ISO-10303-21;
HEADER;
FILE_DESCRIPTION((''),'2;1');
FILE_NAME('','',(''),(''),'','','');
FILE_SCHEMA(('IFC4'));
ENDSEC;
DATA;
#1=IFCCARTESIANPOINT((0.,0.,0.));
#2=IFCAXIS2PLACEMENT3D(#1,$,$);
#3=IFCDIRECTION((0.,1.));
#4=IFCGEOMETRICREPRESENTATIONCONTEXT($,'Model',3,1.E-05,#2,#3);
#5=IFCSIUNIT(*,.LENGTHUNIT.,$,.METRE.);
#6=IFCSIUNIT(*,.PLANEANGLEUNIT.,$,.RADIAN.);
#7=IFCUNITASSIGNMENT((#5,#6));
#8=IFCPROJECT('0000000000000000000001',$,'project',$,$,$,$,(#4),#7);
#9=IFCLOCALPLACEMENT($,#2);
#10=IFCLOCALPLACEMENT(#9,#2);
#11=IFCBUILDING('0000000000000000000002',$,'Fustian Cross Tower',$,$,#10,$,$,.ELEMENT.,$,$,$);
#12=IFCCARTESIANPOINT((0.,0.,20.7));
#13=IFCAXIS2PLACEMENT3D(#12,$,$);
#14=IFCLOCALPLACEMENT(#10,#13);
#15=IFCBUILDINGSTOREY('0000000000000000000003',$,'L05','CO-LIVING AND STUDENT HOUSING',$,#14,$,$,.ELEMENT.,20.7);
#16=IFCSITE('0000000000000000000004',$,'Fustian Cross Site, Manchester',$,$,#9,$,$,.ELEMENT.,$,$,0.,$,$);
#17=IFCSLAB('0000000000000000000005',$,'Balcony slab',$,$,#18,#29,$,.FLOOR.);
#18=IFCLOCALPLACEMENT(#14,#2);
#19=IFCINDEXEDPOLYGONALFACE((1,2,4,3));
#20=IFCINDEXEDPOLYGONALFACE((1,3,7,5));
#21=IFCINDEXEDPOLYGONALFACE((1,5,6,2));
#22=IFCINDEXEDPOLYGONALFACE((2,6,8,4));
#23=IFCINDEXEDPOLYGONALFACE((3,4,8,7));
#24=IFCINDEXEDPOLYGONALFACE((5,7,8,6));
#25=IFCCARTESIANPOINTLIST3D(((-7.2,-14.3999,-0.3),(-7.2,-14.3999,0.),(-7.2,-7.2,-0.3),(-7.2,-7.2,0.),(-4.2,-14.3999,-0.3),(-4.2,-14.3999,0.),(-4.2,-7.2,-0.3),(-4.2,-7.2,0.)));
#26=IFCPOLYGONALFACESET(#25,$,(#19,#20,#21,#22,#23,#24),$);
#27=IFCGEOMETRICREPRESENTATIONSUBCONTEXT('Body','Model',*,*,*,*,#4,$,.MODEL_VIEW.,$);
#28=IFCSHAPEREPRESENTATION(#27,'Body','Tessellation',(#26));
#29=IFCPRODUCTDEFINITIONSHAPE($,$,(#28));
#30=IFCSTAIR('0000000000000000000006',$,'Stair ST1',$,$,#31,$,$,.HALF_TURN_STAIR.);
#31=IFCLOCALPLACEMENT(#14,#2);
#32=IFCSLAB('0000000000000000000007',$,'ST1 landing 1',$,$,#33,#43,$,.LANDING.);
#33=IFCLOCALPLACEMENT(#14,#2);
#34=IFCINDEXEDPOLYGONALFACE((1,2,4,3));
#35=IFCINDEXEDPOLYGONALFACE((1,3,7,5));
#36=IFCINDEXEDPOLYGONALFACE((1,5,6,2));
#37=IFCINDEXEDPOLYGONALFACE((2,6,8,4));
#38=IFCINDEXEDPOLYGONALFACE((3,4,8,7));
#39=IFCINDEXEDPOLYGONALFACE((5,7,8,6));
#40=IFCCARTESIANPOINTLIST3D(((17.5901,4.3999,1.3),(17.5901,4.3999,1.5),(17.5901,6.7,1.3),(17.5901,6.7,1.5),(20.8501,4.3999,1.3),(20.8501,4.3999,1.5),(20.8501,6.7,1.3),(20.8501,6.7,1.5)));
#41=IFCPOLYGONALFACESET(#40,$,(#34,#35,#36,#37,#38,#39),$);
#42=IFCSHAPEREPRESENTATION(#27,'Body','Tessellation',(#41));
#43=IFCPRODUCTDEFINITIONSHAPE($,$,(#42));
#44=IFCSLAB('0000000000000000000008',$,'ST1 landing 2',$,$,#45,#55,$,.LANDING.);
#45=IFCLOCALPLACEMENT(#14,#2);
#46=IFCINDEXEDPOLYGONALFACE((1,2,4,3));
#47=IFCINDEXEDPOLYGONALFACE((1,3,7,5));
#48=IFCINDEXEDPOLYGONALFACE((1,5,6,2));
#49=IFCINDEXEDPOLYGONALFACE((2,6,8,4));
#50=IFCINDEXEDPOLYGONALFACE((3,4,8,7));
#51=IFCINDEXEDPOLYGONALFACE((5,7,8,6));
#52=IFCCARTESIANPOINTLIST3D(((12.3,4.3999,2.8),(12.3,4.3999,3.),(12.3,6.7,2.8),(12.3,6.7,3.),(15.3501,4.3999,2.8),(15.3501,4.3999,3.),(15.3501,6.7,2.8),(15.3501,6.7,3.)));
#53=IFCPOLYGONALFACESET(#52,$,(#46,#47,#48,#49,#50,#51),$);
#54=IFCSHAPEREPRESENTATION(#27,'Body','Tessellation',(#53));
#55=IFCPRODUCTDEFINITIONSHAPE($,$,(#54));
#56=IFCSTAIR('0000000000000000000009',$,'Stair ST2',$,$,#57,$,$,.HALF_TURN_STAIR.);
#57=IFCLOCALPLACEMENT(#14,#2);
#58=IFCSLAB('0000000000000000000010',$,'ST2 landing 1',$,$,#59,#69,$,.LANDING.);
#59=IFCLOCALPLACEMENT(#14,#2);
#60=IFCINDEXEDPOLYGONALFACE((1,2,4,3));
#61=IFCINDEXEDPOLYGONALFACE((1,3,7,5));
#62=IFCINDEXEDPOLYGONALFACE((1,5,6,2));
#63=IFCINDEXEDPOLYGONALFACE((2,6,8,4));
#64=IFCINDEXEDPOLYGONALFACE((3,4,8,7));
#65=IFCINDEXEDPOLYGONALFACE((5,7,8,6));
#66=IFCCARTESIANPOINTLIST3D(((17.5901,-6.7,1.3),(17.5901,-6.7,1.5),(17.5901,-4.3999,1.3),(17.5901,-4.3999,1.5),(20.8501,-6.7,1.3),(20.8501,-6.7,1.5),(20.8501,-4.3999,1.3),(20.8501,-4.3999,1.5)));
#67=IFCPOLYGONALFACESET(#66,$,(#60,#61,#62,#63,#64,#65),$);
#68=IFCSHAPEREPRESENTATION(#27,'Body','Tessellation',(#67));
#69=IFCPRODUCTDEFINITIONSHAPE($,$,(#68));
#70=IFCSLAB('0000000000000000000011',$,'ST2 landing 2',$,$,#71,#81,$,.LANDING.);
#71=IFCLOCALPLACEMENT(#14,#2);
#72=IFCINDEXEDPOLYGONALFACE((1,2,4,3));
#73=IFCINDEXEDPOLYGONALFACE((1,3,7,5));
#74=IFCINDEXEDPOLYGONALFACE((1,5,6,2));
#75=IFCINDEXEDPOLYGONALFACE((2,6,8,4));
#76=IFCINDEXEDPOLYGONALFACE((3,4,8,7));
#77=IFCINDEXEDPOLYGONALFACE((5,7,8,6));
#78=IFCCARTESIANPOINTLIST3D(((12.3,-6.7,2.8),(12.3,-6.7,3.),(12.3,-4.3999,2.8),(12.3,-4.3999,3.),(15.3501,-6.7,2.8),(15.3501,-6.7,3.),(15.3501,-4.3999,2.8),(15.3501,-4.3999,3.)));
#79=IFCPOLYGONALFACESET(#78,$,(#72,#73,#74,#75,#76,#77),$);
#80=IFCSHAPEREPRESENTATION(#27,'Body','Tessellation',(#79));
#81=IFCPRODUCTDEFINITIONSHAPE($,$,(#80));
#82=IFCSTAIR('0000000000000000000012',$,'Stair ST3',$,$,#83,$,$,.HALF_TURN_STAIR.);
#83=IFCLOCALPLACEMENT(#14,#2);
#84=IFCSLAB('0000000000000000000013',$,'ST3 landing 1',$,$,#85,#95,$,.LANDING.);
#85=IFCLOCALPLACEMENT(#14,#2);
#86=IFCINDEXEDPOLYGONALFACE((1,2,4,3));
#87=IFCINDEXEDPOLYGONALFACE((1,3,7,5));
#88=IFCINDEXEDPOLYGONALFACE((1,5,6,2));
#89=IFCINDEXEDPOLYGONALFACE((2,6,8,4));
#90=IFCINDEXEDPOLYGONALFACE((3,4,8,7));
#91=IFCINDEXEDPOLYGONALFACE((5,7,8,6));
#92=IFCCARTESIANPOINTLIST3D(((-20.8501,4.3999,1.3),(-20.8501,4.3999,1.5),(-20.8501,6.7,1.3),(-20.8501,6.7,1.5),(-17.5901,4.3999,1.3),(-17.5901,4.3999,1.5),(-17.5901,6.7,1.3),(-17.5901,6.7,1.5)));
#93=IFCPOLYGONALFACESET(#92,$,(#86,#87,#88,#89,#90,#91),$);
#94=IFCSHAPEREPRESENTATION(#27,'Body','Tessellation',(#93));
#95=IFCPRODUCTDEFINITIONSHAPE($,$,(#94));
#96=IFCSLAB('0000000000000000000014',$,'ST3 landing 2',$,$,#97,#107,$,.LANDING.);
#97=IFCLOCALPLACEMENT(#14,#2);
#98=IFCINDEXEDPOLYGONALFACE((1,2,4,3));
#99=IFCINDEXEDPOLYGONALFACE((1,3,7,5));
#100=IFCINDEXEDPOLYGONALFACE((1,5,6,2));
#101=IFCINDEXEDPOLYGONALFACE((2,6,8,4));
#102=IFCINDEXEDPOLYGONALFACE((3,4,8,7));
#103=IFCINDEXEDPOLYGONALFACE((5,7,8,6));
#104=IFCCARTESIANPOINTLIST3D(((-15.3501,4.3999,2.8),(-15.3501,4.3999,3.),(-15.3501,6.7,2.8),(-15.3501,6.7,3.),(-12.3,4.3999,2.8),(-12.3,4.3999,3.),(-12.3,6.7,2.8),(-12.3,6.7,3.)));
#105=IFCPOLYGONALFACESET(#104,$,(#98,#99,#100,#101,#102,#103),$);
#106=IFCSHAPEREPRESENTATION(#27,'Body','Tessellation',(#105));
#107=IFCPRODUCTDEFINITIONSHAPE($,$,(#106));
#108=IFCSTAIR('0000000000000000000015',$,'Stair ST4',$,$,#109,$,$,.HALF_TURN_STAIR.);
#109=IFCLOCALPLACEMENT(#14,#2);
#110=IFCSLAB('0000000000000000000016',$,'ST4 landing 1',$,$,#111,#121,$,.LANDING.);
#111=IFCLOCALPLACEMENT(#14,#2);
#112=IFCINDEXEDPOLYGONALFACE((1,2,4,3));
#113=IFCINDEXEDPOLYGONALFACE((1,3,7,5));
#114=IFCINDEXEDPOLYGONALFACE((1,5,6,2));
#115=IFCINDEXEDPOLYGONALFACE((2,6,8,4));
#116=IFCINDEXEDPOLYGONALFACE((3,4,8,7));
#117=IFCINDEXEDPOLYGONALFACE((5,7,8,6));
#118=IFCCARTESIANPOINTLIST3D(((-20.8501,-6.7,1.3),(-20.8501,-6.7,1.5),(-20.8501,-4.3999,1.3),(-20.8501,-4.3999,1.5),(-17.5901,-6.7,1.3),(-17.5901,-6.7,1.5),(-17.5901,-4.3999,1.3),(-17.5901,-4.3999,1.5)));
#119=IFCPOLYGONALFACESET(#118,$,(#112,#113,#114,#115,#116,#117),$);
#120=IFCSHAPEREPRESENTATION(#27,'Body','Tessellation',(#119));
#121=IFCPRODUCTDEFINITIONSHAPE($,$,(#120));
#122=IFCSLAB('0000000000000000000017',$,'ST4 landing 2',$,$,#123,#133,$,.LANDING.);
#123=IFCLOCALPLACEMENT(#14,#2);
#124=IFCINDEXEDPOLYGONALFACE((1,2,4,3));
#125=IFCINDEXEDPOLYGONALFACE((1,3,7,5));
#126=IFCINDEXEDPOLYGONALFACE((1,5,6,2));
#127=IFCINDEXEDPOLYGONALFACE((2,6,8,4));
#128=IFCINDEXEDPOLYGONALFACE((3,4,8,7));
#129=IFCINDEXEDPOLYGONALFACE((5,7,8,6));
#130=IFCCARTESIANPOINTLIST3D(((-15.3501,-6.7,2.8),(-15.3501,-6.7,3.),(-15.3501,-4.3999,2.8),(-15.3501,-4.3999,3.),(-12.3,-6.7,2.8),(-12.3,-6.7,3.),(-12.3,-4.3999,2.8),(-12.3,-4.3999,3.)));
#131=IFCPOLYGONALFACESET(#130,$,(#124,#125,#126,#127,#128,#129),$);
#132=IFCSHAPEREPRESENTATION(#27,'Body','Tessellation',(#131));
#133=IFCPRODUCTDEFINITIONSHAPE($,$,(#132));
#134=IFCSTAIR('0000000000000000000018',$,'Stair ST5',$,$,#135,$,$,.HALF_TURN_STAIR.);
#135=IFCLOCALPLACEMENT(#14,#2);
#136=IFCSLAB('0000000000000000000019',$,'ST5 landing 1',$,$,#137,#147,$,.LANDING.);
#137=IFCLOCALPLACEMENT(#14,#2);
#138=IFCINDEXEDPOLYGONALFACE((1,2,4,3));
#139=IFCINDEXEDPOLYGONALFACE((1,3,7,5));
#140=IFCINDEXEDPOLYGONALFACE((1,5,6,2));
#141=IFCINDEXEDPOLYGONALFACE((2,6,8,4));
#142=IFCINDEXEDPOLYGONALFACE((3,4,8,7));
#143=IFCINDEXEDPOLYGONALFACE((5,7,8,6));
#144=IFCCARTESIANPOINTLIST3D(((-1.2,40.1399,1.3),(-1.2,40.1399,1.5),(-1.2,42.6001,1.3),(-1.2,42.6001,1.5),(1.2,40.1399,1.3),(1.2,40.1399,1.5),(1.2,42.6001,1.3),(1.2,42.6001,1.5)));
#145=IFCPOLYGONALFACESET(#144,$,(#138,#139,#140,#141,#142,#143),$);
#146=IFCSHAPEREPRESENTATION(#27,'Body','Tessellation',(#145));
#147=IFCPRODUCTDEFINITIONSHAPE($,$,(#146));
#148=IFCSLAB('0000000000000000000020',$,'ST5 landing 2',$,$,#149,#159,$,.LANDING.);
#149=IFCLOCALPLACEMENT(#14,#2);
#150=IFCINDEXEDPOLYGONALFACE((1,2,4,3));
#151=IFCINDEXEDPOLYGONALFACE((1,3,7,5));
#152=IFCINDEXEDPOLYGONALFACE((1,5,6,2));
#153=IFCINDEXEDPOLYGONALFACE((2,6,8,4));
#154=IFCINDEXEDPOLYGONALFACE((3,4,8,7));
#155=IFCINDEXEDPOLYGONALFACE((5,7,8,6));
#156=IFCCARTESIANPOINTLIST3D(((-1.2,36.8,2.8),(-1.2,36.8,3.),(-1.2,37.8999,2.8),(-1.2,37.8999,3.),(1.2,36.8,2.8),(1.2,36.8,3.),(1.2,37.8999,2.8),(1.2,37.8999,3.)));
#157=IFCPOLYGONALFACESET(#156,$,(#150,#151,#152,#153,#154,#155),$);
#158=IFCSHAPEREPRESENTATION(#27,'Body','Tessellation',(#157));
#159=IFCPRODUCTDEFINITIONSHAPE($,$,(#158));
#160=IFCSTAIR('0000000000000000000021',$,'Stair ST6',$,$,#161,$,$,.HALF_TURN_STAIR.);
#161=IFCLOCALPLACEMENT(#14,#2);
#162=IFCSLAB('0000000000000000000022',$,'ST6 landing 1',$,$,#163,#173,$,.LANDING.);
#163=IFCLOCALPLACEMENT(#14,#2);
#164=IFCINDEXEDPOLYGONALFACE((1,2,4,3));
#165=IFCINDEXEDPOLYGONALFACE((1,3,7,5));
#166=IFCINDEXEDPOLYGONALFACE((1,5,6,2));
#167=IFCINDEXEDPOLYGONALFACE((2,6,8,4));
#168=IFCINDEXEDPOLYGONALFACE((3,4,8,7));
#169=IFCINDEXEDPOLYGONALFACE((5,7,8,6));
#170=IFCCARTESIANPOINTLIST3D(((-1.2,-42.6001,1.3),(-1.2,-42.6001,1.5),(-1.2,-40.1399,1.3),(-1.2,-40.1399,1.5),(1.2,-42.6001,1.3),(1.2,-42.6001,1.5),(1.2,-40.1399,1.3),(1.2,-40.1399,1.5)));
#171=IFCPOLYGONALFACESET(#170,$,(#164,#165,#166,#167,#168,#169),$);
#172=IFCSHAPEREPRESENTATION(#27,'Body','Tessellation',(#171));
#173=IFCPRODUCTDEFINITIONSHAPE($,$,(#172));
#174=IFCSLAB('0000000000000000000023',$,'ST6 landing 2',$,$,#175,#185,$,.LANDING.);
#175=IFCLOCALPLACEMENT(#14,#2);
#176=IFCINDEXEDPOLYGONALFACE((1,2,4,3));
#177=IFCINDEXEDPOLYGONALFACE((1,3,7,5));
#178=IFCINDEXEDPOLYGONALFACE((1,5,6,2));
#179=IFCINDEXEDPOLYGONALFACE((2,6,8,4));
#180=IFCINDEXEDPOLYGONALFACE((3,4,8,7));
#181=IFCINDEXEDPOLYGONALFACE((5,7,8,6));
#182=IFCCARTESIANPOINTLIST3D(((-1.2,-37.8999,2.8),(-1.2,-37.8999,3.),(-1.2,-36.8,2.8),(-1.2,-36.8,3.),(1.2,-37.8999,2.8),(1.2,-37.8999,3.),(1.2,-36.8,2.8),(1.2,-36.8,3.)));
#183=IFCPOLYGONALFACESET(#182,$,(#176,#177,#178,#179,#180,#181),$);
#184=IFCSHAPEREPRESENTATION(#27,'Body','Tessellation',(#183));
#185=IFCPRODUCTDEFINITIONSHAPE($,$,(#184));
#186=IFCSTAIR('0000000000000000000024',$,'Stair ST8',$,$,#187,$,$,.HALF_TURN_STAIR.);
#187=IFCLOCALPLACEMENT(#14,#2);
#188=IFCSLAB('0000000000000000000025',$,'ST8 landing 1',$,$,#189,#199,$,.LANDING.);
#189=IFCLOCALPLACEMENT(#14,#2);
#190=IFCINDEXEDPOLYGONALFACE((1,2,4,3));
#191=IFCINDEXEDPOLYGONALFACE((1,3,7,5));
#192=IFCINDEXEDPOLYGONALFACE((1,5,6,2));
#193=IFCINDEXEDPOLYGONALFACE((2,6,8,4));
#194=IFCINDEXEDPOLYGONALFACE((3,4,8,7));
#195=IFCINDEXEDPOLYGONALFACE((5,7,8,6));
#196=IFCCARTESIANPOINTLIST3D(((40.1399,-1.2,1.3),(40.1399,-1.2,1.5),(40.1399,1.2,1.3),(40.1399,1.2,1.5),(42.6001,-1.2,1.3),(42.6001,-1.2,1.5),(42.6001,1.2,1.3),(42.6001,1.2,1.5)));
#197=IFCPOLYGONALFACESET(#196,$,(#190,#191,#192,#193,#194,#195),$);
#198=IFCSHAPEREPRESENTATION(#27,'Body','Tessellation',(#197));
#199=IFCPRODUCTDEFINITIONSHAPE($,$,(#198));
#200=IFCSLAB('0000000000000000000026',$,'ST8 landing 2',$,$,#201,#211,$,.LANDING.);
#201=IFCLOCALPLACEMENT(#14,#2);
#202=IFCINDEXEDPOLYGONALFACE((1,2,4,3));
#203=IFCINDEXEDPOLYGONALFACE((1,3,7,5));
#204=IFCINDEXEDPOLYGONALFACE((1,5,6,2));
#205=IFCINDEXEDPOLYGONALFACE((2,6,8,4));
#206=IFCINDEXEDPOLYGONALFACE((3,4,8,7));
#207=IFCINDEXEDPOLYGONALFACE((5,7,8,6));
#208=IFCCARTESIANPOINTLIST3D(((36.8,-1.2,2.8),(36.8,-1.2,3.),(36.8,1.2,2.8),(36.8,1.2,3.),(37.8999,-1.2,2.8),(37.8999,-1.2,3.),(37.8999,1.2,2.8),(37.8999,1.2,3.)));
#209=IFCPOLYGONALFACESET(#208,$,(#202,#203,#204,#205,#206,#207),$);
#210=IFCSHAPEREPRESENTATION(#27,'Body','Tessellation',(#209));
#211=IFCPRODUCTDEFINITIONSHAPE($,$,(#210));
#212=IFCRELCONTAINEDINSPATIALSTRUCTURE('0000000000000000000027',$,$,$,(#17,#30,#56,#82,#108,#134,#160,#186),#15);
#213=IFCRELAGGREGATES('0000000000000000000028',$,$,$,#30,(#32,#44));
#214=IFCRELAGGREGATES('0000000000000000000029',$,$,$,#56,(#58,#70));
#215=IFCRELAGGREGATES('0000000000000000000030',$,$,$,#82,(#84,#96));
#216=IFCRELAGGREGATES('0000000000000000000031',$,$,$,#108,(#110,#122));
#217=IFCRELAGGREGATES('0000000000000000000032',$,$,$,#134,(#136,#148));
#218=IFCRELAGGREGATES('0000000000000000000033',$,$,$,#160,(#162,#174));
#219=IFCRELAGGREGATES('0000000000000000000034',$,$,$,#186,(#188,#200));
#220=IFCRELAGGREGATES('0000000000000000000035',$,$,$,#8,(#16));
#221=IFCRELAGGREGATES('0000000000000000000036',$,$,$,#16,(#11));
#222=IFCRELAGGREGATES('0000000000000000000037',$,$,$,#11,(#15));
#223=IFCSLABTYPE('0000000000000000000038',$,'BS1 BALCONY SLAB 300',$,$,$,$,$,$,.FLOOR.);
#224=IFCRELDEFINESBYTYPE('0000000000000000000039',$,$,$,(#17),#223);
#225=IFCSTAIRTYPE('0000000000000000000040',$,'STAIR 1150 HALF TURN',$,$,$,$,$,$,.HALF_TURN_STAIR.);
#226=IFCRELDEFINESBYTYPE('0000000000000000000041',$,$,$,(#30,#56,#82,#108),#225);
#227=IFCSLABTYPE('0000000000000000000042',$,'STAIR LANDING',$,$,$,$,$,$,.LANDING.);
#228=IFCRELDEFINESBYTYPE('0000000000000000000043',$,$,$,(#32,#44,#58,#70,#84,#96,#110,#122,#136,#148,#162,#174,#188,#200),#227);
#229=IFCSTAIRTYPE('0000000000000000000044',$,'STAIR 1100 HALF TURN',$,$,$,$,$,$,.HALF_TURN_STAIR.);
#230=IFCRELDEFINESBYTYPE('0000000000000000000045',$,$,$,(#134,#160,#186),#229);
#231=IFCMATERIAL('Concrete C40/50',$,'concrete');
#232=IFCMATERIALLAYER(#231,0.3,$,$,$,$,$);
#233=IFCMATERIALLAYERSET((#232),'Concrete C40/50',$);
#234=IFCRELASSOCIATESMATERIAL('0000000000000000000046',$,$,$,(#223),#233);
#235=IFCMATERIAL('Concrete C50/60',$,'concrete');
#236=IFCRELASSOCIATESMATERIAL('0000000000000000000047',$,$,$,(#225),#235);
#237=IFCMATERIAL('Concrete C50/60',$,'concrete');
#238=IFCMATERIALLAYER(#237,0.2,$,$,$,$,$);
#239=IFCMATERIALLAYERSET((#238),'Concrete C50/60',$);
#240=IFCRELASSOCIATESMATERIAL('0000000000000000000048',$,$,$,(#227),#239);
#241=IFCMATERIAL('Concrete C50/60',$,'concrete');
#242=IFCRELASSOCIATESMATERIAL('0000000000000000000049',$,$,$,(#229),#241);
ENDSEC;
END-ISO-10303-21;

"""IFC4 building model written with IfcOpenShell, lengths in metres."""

from ifc_helpers import new_model, si_unit, direction, frame, origin, place, context, subcontext, project, spatial, polyline, outline, extrude, material, layer, layer_set, type_object, element, aggregate, save


model = new_model("IFC4")

# Units and contexts
model_context = context("Model", 3, precision=1e-05, world=origin(), true_north=direction((0.0, 1.0)))
body_context = subcontext(model_context, "Body", "Model", "MODEL_VIEW")
ifc_project = project(units=[si_unit("LENGTHUNIT", "METRE"), si_unit("PLANEANGLEUNIT", "RADIAN")], contexts=[model_context])

# Site, building, storey
site_placement = place(None, origin())
site = spatial("IfcSite", under=ifc_project, at=site_placement, Name="Fustian Cross Site, Manchester", CompositionType="ELEMENT", RefElevation=0.0)
building_placement = place(site_placement, origin())
building = spatial("IfcBuilding", under=site, at=building_placement, Name="Fustian Cross Tower", CompositionType="ELEMENT")
storey_placement = place(building_placement, frame((0.0, 0.0, 20.7)))
storey = spatial("IfcBuildingStorey", under=building, at=storey_placement, Name="L05", Description="CO-LIVING AND STUDENT HOUSING", CompositionType="ELEMENT", Elevation=20.7)

# Slab
ifc_material_1 = material(Name="Concrete C40/50", Category="concrete")
ifc_layer_1 = layer(ifc_material_1, 0.3)
ifc_layer_set_1 = layer_set([ifc_layer_1], Name="Concrete C40/50")
slab_type_1 = type_object("IfcSlabType", Name="BS1 BALCONY SLAB 300", PredefinedType="FLOOR", material=ifc_layer_set_1)
slab_1_placement = place(storey_placement, frame((0.0, 0.0, -0.3)))
element("IfcSlab", 1, at=slab_1_placement, inside=storey, type_object=slab_type_1, Name="Balcony slab", PredefinedType="FLOOR", context=body_context, shape_type="SweptSolid", body=[
    extrude(outline(polyline([(-7.2, -14.3999), (-4.2, -14.3999), (-4.2, -7.2), (-7.2, -7.2), (-7.2, -14.3999)])), origin(), (0.0, 0.0, 1.0), 0.3),
])

# Stairs, slabs
ifc_material_2 = material(Name="Concrete C50/60", Category="concrete")
stair_type_1 = type_object("IfcStairType", Name="STAIR 1150 HALF TURN", PredefinedType="HALF_TURN_STAIR", material=ifc_material_2)
stair_1_placement = place(storey_placement, origin())
stair_1 = element("IfcStair", 2, at=stair_1_placement, inside=storey, type_object=stair_type_1, Name="Stair ST1", PredefinedType="HALF_TURN_STAIR")
ifc_material_3 = material(Name="Concrete C50/60", Category="concrete")
ifc_layer_2 = layer(ifc_material_3, 0.2)
ifc_layer_set_2 = layer_set([ifc_layer_2], Name="Concrete C50/60")
slab_type_2 = type_object("IfcSlabType", Name="STAIR LANDING", PredefinedType="LANDING", material=ifc_layer_set_2)
slab_2_placement = place(storey_placement, frame((0.0, 0.0, 1.3)))
slab_2 = element("IfcSlab", 3, at=slab_2_placement, type_object=slab_type_2, Name="ST1 landing 1", PredefinedType="LANDING", context=body_context, shape_type="SweptSolid", body=[
    extrude(outline(polyline([(17.5901, 4.3999), (20.8501, 4.3999), (20.8501, 6.7), (17.5901, 6.7), (17.5901, 4.3999)])), origin(), (0.0, 0.0, 1.0), 0.2),
])
slab_3_placement = place(storey_placement, frame((0.0, 0.0, 2.8)))
slab_3 = element("IfcSlab", 4, at=slab_3_placement, type_object=slab_type_2, Name="ST1 landing 2", PredefinedType="LANDING", context=body_context, shape_type="SweptSolid", body=[
    extrude(outline(polyline([(12.3, 4.3999), (15.3501, 4.3999), (15.3501, 6.7), (12.3, 6.7), (12.3, 4.3999)])), origin(), (0.0, 0.0, 1.0), 0.2),
])
aggregate(stair_1, [slab_2, slab_3])
stair_2_placement = place(storey_placement, origin())
stair_2 = element("IfcStair", 5, at=stair_2_placement, inside=storey, type_object=stair_type_1, Name="Stair ST2", PredefinedType="HALF_TURN_STAIR")
slab_4_placement = place(storey_placement, frame((0.0, 0.0, 1.3)))
slab_4 = element("IfcSlab", 6, at=slab_4_placement, type_object=slab_type_2, Name="ST2 landing 1", PredefinedType="LANDING", context=body_context, shape_type="SweptSolid", body=[
    extrude(outline(polyline([(17.5901, -4.3999), (20.8501, -4.3999), (20.8501, -6.7), (17.5901, -6.7), (17.5901, -4.3999)])), origin(), (0.0, 0.0, 1.0), 0.2),
])
slab_5_placement = place(storey_placement, frame((0.0, 0.0, 2.8)))
slab_5 = element("IfcSlab", 7, at=slab_5_placement, type_object=slab_type_2, Name="ST2 landing 2", PredefinedType="LANDING", context=body_context, shape_type="SweptSolid", body=[
    extrude(outline(polyline([(12.3, -4.3999), (15.3501, -4.3999), (15.3501, -6.7), (12.3, -6.7), (12.3, -4.3999)])), origin(), (0.0, 0.0, 1.0), 0.2),
])
aggregate(stair_2, [slab_4, slab_5])
stair_3_placement = place(storey_placement, origin())
stair_3 = element("IfcStair", 8, at=stair_3_placement, inside=storey, type_object=stair_type_1, Name="Stair ST3", PredefinedType="HALF_TURN_STAIR")
slab_6_placement = place(storey_placement, frame((0.0, 0.0, 1.3)))
slab_6 = element("IfcSlab", 9, at=slab_6_placement, type_object=slab_type_2, Name="ST3 landing 1", PredefinedType="LANDING", context=body_context, shape_type="SweptSolid", body=[
    extrude(outline(polyline([(-17.5901, 4.3999), (-20.8501, 4.3999), (-20.8501, 6.7), (-17.5901, 6.7), (-17.5901, 4.3999)])), origin(), (0.0, 0.0, 1.0), 0.2),
])
slab_7_placement = place(storey_placement, frame((0.0, 0.0, 2.8)))
slab_7 = element("IfcSlab", 10, at=slab_7_placement, type_object=slab_type_2, Name="ST3 landing 2", PredefinedType="LANDING", context=body_context, shape_type="SweptSolid", body=[
    extrude(outline(polyline([(-12.3, 4.3999), (-15.3501, 4.3999), (-15.3501, 6.7), (-12.3, 6.7), (-12.3, 4.3999)])), origin(), (0.0, 0.0, 1.0), 0.2),
])
aggregate(stair_3, [slab_6, slab_7])
stair_4_placement = place(storey_placement, origin())
stair_4 = element("IfcStair", 11, at=stair_4_placement, inside=storey, type_object=stair_type_1, Name="Stair ST4", PredefinedType="HALF_TURN_STAIR")
slab_8_placement = place(storey_placement, frame((0.0, 0.0, 1.3)))
slab_8 = element("IfcSlab", 12, at=slab_8_placement, type_object=slab_type_2, Name="ST4 landing 1", PredefinedType="LANDING", context=body_context, shape_type="SweptSolid", body=[
    extrude(outline(polyline([(-17.5901, -4.3999), (-20.8501, -4.3999), (-20.8501, -6.7), (-17.5901, -6.7), (-17.5901, -4.3999)])), origin(), (0.0, 0.0, 1.0), 0.2),
])
slab_9_placement = place(storey_placement, frame((0.0, 0.0, 2.8)))
slab_9 = element("IfcSlab", 13, at=slab_9_placement, type_object=slab_type_2, Name="ST4 landing 2", PredefinedType="LANDING", context=body_context, shape_type="SweptSolid", body=[
    extrude(outline(polyline([(-12.3, -4.3999), (-15.3501, -4.3999), (-15.3501, -6.7), (-12.3, -6.7), (-12.3, -4.3999)])), origin(), (0.0, 0.0, 1.0), 0.2),
])
aggregate(stair_4, [slab_8, slab_9])
ifc_material_4 = material(Name="Concrete C50/60", Category="concrete")
stair_type_2 = type_object("IfcStairType", Name="STAIR 1100 HALF TURN", PredefinedType="HALF_TURN_STAIR", material=ifc_material_4)
stair_5_placement = place(storey_placement, origin())
stair_5 = element("IfcStair", 14, at=stair_5_placement, inside=storey, type_object=stair_type_2, Name="Stair ST5", PredefinedType="HALF_TURN_STAIR")
slab_10_placement = place(storey_placement, frame((0.0, 0.0, 1.3)))
slab_10 = element("IfcSlab", 15, at=slab_10_placement, type_object=slab_type_2, Name="ST5 landing 1", PredefinedType="LANDING", context=body_context, shape_type="SweptSolid", body=[
    extrude(outline(polyline([(-1.2, 40.1399), (-1.2, 42.6001), (1.2, 42.6001), (1.2, 40.1399), (-1.2, 40.1399)])), origin(), (0.0, 0.0, 1.0), 0.2),
])
slab_11_placement = place(storey_placement, frame((0.0, 0.0, 2.8)))
slab_11 = element("IfcSlab", 16, at=slab_11_placement, type_object=slab_type_2, Name="ST5 landing 2", PredefinedType="LANDING", context=body_context, shape_type="SweptSolid", body=[
    extrude(outline(polyline([(-1.2, 36.8), (-1.2, 37.8999), (1.2, 37.8999), (1.2, 36.8), (-1.2, 36.8)])), origin(), (0.0, 0.0, 1.0), 0.2),
])
aggregate(stair_5, [slab_10, slab_11])
stair_6_placement = place(storey_placement, origin())
stair_6 = element("IfcStair", 17, at=stair_6_placement, inside=storey, type_object=stair_type_2, Name="Stair ST6", PredefinedType="HALF_TURN_STAIR")
slab_12_placement = place(storey_placement, frame((0.0, 0.0, 1.3)))
slab_12 = element("IfcSlab", 18, at=slab_12_placement, type_object=slab_type_2, Name="ST6 landing 1", PredefinedType="LANDING", context=body_context, shape_type="SweptSolid", body=[
    extrude(outline(polyline([(-1.2, -40.1399), (-1.2, -42.6001), (1.2, -42.6001), (1.2, -40.1399), (-1.2, -40.1399)])), origin(), (0.0, 0.0, 1.0), 0.2),
])
slab_13_placement = place(storey_placement, frame((0.0, 0.0, 2.8)))
slab_13 = element("IfcSlab", 19, at=slab_13_placement, type_object=slab_type_2, Name="ST6 landing 2", PredefinedType="LANDING", context=body_context, shape_type="SweptSolid", body=[
    extrude(outline(polyline([(-1.2, -36.8), (-1.2, -37.8999), (1.2, -37.8999), (1.2, -36.8), (-1.2, -36.8)])), origin(), (0.0, 0.0, 1.0), 0.2),
])
aggregate(stair_6, [slab_12, slab_13])
stair_7_placement = place(storey_placement, origin())
stair_7 = element("IfcStair", 20, at=stair_7_placement, inside=storey, type_object=stair_type_2, Name="Stair ST8", PredefinedType="HALF_TURN_STAIR")
slab_14_placement = place(storey_placement, frame((0.0, 0.0, 1.3)))
slab_14 = element("IfcSlab", 21, at=slab_14_placement, type_object=slab_type_2, Name="ST8 landing 1", PredefinedType="LANDING", context=body_context, shape_type="SweptSolid", body=[
    extrude(outline(polyline([(40.1399, -1.2), (42.6001, -1.2), (42.6001, 1.2), (40.1399, 1.2), (40.1399, -1.2)])), origin(), (0.0, 0.0, 1.0), 0.2),
])
slab_15_placement = place(storey_placement, frame((0.0, 0.0, 2.8)))
slab_15 = element("IfcSlab", 22, at=slab_15_placement, type_object=slab_type_2, Name="ST8 landing 2", PredefinedType="LANDING", context=body_context, shape_type="SweptSolid", body=[
    extrude(outline(polyline([(36.8, -1.2), (37.8999, -1.2), (37.8999, 1.2), (36.8, 1.2), (36.8, -1.2)])), origin(), (0.0, 0.0, 1.0), 0.2),
])
aggregate(stair_7, [slab_14, slab_15])

save(model, "model.ifc")
